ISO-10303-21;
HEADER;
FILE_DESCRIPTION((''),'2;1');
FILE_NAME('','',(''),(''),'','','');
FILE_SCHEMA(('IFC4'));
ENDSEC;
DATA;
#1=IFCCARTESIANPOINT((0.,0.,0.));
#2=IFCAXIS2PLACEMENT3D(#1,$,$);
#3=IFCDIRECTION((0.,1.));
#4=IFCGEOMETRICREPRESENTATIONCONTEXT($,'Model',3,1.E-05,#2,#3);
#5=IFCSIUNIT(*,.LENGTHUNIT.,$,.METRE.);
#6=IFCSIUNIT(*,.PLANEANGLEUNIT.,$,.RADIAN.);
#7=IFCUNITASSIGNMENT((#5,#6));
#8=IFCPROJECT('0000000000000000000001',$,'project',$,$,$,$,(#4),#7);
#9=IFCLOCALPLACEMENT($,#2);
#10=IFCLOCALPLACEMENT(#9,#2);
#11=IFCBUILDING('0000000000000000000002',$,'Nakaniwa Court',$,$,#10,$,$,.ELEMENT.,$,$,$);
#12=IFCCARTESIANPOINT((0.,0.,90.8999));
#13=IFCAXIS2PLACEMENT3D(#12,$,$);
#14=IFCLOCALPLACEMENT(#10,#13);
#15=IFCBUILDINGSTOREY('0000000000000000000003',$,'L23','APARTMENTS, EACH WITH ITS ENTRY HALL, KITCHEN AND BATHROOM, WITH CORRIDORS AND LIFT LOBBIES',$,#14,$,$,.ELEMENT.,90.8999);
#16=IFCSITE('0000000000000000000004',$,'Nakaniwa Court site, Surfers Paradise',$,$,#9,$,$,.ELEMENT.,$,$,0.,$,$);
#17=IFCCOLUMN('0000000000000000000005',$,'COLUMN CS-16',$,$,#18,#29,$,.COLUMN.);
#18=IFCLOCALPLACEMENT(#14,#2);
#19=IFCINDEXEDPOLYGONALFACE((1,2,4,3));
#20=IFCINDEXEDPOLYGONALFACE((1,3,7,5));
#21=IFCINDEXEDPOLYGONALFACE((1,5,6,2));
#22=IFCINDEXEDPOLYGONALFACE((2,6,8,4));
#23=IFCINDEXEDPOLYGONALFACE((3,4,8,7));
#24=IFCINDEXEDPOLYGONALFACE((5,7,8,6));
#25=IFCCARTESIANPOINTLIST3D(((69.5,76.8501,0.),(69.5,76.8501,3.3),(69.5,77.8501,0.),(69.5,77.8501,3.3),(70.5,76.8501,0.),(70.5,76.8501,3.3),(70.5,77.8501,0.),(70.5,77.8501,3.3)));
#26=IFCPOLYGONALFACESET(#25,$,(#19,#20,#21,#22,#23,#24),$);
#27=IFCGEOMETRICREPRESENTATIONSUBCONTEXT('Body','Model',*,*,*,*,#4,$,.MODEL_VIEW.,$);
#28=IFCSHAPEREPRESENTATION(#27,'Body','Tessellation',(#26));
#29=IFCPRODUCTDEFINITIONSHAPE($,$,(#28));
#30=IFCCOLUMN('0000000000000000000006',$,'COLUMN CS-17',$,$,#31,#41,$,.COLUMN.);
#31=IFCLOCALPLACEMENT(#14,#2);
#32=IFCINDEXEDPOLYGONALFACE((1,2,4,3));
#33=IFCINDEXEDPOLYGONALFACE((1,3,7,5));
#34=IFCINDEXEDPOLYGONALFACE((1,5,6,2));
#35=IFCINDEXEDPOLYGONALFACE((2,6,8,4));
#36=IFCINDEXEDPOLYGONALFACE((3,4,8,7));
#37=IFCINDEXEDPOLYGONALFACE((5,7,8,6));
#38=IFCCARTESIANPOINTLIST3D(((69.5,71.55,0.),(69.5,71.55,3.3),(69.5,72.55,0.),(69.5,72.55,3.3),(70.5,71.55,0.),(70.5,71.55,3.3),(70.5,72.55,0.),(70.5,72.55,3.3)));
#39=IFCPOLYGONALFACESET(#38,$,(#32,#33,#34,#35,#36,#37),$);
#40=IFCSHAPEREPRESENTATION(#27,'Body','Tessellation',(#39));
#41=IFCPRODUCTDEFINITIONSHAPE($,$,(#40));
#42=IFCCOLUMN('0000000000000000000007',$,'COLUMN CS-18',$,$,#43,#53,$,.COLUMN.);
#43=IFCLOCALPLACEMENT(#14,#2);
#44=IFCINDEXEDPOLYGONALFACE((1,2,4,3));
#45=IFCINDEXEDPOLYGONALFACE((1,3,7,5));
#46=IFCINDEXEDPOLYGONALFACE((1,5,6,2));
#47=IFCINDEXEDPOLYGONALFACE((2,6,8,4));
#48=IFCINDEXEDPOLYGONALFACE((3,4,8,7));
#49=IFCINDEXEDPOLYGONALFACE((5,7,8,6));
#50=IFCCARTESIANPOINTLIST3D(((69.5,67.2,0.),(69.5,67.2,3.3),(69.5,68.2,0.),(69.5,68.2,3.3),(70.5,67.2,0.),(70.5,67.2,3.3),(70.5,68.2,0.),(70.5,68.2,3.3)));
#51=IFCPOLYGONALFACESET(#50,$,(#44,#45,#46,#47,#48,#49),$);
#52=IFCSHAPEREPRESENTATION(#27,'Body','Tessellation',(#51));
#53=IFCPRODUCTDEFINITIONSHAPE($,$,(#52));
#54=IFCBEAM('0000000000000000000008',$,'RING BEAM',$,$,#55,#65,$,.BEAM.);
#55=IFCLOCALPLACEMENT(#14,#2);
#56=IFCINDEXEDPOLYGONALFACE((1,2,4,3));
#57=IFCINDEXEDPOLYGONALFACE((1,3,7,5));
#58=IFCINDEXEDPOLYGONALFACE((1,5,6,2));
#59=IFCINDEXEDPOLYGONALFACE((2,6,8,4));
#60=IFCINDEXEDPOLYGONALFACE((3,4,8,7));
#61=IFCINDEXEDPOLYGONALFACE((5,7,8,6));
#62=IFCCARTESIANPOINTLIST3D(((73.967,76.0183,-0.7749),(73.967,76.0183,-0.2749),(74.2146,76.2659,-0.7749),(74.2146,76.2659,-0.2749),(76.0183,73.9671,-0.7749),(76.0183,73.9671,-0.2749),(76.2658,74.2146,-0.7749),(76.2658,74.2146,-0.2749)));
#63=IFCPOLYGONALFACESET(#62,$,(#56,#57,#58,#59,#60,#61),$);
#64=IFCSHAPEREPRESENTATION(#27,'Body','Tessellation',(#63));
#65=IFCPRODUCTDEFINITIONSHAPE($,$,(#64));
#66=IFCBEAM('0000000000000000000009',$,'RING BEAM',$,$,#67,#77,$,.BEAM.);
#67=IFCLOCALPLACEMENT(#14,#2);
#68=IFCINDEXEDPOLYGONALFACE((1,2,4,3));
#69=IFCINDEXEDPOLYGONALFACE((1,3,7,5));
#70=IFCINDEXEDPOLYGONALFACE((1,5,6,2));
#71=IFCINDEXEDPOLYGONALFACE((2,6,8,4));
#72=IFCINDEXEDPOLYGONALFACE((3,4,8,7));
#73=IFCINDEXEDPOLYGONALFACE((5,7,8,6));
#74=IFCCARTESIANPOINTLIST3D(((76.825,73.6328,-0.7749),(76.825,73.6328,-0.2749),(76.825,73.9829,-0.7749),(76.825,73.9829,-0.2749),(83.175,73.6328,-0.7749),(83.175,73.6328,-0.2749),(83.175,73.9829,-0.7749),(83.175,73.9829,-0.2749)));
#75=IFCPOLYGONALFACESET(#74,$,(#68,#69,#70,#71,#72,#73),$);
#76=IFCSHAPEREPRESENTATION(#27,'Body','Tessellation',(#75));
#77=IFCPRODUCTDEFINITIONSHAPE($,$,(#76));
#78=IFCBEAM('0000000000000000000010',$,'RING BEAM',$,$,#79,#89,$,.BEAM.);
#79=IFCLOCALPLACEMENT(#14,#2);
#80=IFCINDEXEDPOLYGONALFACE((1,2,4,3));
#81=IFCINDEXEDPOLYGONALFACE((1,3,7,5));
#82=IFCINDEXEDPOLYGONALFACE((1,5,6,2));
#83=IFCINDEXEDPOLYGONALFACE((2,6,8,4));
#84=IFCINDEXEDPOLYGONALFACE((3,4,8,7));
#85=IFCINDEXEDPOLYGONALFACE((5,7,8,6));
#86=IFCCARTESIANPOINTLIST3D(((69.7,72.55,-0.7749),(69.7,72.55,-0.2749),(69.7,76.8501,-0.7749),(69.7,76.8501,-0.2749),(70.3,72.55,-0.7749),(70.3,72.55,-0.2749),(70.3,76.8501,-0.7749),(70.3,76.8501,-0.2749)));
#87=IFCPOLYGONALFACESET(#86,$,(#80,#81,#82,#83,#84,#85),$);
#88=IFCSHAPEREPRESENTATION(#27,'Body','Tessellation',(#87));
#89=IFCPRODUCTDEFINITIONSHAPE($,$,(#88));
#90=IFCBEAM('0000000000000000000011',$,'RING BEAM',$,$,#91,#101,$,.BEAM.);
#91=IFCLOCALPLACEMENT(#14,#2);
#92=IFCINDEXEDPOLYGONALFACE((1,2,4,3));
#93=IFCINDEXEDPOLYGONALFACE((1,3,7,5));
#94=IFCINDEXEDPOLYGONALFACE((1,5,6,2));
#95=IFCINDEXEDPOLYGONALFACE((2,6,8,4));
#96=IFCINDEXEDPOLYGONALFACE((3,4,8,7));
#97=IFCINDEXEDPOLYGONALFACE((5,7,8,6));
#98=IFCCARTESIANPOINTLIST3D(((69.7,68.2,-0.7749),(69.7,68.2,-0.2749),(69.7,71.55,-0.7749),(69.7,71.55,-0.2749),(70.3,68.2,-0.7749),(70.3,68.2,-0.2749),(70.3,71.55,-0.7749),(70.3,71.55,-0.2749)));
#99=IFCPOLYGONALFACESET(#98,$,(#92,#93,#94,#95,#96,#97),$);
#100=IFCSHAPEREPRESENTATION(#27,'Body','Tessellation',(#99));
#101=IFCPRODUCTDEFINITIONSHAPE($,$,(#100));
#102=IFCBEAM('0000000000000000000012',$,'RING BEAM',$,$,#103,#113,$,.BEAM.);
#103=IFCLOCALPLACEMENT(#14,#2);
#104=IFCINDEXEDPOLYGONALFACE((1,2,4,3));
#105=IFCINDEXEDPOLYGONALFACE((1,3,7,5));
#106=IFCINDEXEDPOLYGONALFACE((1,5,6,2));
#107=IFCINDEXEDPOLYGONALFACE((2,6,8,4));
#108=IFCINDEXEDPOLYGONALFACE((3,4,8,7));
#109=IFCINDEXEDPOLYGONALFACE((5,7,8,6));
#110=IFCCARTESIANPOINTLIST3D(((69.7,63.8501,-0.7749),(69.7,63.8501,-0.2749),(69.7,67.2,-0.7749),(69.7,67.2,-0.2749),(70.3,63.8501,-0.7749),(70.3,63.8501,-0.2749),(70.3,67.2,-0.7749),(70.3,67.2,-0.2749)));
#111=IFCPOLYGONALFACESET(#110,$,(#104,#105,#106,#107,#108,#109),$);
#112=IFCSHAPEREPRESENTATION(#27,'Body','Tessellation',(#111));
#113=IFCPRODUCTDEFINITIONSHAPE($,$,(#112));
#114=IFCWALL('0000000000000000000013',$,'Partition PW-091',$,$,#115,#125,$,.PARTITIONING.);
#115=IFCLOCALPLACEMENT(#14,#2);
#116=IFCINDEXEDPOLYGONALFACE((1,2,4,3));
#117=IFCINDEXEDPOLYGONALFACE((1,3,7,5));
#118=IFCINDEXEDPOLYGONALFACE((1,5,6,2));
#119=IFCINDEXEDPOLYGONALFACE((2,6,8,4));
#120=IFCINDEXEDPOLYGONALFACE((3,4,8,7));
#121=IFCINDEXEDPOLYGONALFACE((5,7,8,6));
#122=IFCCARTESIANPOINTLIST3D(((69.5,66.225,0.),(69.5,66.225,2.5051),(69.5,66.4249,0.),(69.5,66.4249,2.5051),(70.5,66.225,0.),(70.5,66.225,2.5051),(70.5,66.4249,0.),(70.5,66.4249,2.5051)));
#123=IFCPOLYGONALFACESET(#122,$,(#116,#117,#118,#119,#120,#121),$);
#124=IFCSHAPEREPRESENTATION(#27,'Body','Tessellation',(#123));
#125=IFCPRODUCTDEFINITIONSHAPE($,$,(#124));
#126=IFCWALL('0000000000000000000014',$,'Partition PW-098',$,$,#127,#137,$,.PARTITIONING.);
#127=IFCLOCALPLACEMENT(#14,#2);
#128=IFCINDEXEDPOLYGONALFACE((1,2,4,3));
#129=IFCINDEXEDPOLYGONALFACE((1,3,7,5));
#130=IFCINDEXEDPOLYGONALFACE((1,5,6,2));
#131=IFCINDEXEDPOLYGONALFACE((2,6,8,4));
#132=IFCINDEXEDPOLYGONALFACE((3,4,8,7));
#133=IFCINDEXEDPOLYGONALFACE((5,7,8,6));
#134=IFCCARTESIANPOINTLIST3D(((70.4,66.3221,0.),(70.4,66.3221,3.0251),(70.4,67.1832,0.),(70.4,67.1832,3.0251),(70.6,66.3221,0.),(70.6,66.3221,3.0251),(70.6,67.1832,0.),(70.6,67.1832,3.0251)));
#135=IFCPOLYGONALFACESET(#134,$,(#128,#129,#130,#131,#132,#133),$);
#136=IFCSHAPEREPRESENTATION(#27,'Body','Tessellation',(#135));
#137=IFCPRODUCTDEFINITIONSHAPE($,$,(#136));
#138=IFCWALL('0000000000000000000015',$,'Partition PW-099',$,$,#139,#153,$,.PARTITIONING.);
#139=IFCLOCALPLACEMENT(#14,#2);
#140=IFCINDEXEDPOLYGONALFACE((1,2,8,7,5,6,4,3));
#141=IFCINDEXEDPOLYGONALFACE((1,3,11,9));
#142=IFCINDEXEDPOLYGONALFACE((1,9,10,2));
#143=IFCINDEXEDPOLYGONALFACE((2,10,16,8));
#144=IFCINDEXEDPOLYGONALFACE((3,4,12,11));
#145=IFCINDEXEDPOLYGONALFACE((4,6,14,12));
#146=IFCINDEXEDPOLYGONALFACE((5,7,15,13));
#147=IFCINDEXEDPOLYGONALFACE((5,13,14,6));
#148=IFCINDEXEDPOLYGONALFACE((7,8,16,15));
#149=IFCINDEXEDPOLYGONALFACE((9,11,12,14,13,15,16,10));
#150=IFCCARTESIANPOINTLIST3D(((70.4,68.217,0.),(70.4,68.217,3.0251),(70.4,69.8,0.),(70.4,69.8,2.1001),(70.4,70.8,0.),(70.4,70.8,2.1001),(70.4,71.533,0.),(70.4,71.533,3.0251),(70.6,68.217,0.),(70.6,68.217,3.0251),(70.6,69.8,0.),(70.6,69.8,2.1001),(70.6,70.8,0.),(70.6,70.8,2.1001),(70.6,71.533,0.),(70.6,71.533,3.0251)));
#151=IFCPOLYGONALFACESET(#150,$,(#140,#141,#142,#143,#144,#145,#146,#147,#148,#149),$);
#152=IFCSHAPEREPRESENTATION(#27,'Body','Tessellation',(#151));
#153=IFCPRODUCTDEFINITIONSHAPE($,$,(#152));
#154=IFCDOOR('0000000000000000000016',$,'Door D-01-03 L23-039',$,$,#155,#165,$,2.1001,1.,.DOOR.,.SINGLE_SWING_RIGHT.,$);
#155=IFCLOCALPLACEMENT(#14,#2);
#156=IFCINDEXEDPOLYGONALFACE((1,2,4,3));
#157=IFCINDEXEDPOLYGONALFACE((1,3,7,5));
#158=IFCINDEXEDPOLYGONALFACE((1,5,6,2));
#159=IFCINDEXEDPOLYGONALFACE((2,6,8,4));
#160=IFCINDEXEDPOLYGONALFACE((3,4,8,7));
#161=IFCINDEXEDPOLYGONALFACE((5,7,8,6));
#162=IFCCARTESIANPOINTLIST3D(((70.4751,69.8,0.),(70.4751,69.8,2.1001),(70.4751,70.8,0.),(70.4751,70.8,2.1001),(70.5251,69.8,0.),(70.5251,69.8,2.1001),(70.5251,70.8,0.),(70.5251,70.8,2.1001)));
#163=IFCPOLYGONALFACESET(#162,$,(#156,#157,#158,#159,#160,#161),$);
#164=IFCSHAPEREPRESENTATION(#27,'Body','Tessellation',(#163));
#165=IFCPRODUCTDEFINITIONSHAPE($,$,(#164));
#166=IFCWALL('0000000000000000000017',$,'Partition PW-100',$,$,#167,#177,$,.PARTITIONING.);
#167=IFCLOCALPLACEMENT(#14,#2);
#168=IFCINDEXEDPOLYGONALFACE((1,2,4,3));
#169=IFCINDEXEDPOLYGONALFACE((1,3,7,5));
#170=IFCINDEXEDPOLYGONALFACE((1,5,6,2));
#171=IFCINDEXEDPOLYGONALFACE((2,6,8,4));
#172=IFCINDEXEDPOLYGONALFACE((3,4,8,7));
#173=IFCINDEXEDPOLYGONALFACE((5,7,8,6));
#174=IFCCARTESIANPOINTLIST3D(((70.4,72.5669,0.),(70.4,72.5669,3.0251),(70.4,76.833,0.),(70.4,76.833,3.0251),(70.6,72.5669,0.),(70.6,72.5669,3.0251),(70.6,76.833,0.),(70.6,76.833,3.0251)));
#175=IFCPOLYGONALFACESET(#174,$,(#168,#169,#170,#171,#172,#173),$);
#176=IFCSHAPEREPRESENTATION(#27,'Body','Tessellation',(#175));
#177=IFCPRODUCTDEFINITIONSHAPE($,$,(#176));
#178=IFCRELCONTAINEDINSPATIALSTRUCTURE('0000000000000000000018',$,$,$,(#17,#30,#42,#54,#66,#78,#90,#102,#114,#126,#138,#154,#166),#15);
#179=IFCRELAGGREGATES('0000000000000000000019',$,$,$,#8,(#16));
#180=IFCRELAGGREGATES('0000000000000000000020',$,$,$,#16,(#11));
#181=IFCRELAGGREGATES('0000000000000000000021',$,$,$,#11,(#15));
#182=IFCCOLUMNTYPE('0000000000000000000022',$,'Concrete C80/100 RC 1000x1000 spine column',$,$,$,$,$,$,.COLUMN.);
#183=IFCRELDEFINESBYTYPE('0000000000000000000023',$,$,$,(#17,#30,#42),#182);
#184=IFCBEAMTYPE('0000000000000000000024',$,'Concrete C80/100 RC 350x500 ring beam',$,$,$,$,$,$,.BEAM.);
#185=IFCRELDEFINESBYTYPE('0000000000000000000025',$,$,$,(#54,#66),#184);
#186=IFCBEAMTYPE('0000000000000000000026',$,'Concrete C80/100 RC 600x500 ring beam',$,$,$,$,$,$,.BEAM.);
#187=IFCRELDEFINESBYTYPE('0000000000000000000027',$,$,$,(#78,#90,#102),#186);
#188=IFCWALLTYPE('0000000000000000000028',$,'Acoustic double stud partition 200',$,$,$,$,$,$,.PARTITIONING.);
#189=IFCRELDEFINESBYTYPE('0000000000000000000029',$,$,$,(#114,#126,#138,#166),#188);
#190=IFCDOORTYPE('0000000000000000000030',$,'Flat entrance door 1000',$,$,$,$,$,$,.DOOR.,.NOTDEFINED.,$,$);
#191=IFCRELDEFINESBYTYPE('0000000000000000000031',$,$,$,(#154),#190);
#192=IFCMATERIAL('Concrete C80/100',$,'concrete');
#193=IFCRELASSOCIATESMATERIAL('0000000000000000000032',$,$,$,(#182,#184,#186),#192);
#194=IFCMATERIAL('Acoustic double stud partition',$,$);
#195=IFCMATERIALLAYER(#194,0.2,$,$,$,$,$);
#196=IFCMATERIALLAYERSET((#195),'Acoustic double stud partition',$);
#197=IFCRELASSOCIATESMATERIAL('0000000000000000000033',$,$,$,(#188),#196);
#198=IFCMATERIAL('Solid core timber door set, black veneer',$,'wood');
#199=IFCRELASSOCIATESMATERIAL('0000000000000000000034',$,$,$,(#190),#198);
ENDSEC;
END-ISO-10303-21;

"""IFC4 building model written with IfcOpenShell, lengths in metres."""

from ifc_helpers import new_model, si_unit, direction, frame, frame_2d, origin, origin_2d, place, context, subcontext, project, spatial, rectangle, extrude, material, layer, layer_set, material_profile, profile_set, type_object, element, fill, save


model = new_model("IFC4")

# Units and contexts
model_context = context("Model", 3, precision=1e-05, world=origin(), true_north=direction((0.0, 1.0)))
body_context = subcontext(model_context, "Body", "Model", "MODEL_VIEW")
ifc_project = project(units=[si_unit("LENGTHUNIT", "METRE"), si_unit("PLANEANGLEUNIT", "RADIAN")], contexts=[model_context])

# Site, building, storey
site_placement = place(None, origin())
site = spatial("IfcSite", under=ifc_project, at=site_placement, Name="Nakaniwa Court site, Surfers Paradise", CompositionType="ELEMENT", RefElevation=0.0)
building_placement = place(site_placement, origin())
building = spatial("IfcBuilding", under=site, at=building_placement, Name="Nakaniwa Court", CompositionType="ELEMENT")
storey_placement = place(building_placement, frame((0.0, 0.0, 90.8999)))
storey = spatial("IfcBuildingStorey", under=building, at=storey_placement, Name="L23", Description="APARTMENTS, EACH WITH ITS ENTRY HALL, KITCHEN AND BATHROOM, WITH CORRIDORS AND LIFT LOBBIES", CompositionType="ELEMENT", Elevation=90.8999)

# Columns
ifc_material_1 = material(Name="Concrete C80/100", Category="concrete")
ifc_material_profile_1 = material_profile(ifc_material_1, rectangle(XDim=1.0, YDim=1.0, at=origin_2d()), Name="Concrete C80/100 RC 1000x1000 spine column")
ifc_profile_set_1 = profile_set([ifc_material_profile_1], Name="Concrete C80/100")
column_type_1 = type_object("IfcColumnType", Name="Concrete C80/100 RC 1000x1000 spine column", PredefinedType="COLUMN", material=ifc_profile_set_1)
for number, where, z_axis, x_axis, name in (
    (1, (70.0, 77.3501, 0.0), (0.0, 0.0, 1.0), (0.0, -1.0, 0.0), "COLUMN CS-16"),
    (2, (70.0, 72.05, 0.0), (0.0, 0.0, 1.0), (0.0, -1.0, 0.0), "COLUMN CS-17"),
    (3, (70.0, 67.7, 0.0), (0.0, 0.0, 1.0), (0.0, -1.0, 0.0), "COLUMN CS-18"),
):
    element("IfcColumn", number, at=place(storey_placement, frame(where, z_axis=z_axis, x_axis=x_axis)), inside=storey, type_object=column_type_1, Name=name, PredefinedType="COLUMN", context=body_context, shape_type="SweptSolid", body=[
        extrude(rectangle(XDim=1.0, YDim=1.0, at=origin_2d()), origin(), (0.0, 0.0, 1.0), 3.3),
    ])

# Beams
ifc_material_profile_2 = material_profile(ifc_material_1, rectangle(XDim=0.3501, YDim=0.5, at=origin_2d()), Name="Concrete C80/100 RC 350x500 ring beam")
ifc_profile_set_2 = profile_set([ifc_material_profile_2], Name="Concrete C80/100")
beam_type_1 = type_object("IfcBeamType", Name="Concrete C80/100 RC 350x500 ring beam", PredefinedType="BEAM", material=ifc_profile_set_2)
beam_1_placement = place(storey_placement, frame((74.0908, 76.1421, -0.5249), z_axis=(0.707107, -0.707107, 0.0), x_axis=(0.707107, 0.707107, 0.0)))
element("IfcBeam", 4, at=beam_1_placement, inside=storey, type_object=beam_type_1, Name="RING BEAM", PredefinedType="BEAM", context=body_context, shape_type="SweptSolid", body=[
    extrude(rectangle(XDim=0.3501, YDim=0.5, at=origin_2d()), origin(), (0.0, 0.0, 1.0), 2.9009),
])
beam_2_placement = place(storey_placement, frame((76.825, 73.8079, -0.5249), z_axis=(1.0, 0.0, 0.0), x_axis=(0.0, 1.0, 0.0)))
element("IfcBeam", 5, at=beam_2_placement, inside=storey, type_object=beam_type_1, Name="RING BEAM", PredefinedType="BEAM", context=body_context, shape_type="SweptSolid", body=[
    extrude(rectangle(XDim=0.3501, YDim=0.5, at=origin_2d()), origin(), (0.0, 0.0, 1.0), 6.3501),
])
ifc_material_profile_3 = material_profile(ifc_material_1, rectangle(XDim=0.6001, YDim=0.5, at=origin_2d()), Name="Concrete C80/100 RC 600x500 ring beam")
ifc_profile_set_3 = profile_set([ifc_material_profile_3], Name="Concrete C80/100")
beam_type_2 = type_object("IfcBeamType", Name="Concrete C80/100 RC 600x500 ring beam", PredefinedType="BEAM", material=ifc_profile_set_3)
beam_3_placement = place(storey_placement, frame((70.0, 76.8501, -0.5249), z_axis=(0.0, -1.0, 0.0), x_axis=(1.0, 0.0, 0.0)))
element("IfcBeam", 6, at=beam_3_placement, inside=storey, type_object=beam_type_2, Name="RING BEAM", PredefinedType="BEAM", context=body_context, shape_type="SweptSolid", body=[
    extrude(rectangle(XDim=0.6001, YDim=0.5, at=origin_2d()), origin(), (0.0, 0.0, 1.0), 4.3),
])
beam_4_placement = place(storey_placement, frame((70.0, 71.55, -0.5249), z_axis=(0.0, -1.0, 0.0), x_axis=(1.0, 0.0, 0.0)))
element("IfcBeam", 7, at=beam_4_placement, inside=storey, type_object=beam_type_2, Name="RING BEAM", PredefinedType="BEAM", context=body_context, shape_type="SweptSolid", body=[
    extrude(rectangle(XDim=0.6001, YDim=0.5, at=origin_2d()), origin(), (0.0, 0.0, 1.0), 3.3501),
])
beam_5_placement = place(storey_placement, frame((70.0, 67.2, -0.5249), z_axis=(0.0, -1.0, 0.0), x_axis=(1.0, 0.0, 0.0)))
element("IfcBeam", 8, at=beam_5_placement, inside=storey, type_object=beam_type_2, Name="RING BEAM", PredefinedType="BEAM", context=body_context, shape_type="SweptSolid", body=[
    extrude(rectangle(XDim=0.6001, YDim=0.5, at=origin_2d()), origin(), (0.0, 0.0, 1.0), 3.3499),
])

# Walls
ifc_material_2 = material(Name="Acoustic double stud partition")
ifc_layer_1 = layer(ifc_material_2, 0.2)
ifc_layer_set_1 = layer_set([ifc_layer_1], Name="Acoustic double stud partition")
wall_type_1 = type_object("IfcWallType", Name="Acoustic double stud partition 200", PredefinedType="PARTITIONING", material=ifc_layer_set_1)
wall_1_placement = place(storey_placement, frame((69.5, 66.325, 0.0), z_axis=(0.0, 0.0, 1.0), x_axis=(1.0, 0.0, 0.0)))
element("IfcWall", 9, at=wall_1_placement, inside=storey, type_object=wall_type_1, Name="Partition PW-091", PredefinedType="PARTITIONING", context=body_context, shape_type="SweptSolid", body=[
    extrude(rectangle(XDim=1.0, YDim=0.2, at=frame_2d((0.5, 0.0))), origin(), (0.0, 0.0, 1.0), 2.5051),
])
wall_2_placement = place(storey_placement, frame((70.5, 66.322, 0.0), z_axis=(0.0, 0.0, 1.0), x_axis=(0.0, 1.0, 0.0)))
element("IfcWall", 10, at=wall_2_placement, inside=storey, type_object=wall_type_1, Name="Partition PW-098", PredefinedType="PARTITIONING", context=body_context, shape_type="SweptSolid", body=[
    extrude(rectangle(XDim=0.8611, YDim=0.2, at=frame_2d((0.4307, 0.0))), origin(), (0.0, 0.0, 1.0), 3.0251),
])

# Wall, opening, door
wall_3_placement = place(storey_placement, frame((70.5, 68.217, 0.0), z_axis=(0.0, 0.0, 1.0), x_axis=(0.0, 1.0, 0.0)))
wall_3 = element("IfcWall", 11, at=wall_3_placement, inside=storey, type_object=wall_type_1, Name="Partition PW-099", PredefinedType="PARTITIONING", context=body_context, shape_type="SweptSolid", body=[
    extrude(rectangle(XDim=3.3159, YDim=0.2, at=frame_2d((1.658, 0.0))), origin(), (0.0, 0.0, 1.0), 3.0251),
])
opening_1_placement = place(wall_3_placement, frame((1.583, 0.0, 0.0)))
opening_1 = element("IfcOpeningElement", 12, at=opening_1_placement, cuts=wall_3, PredefinedType="OPENING", context=body_context, shape_type="SweptSolid", body=[
    extrude(rectangle(XDim=1.0, YDim=2.1001, at=frame_2d((0.5, 1.05))), frame((0.0, 0.1099, 0.0), z_axis=(0.0, -1.0, 0.0), x_axis=(1.0, 0.0, 0.0)), (0.0, 0.0, 1.0), 0.22),
])
ifc_material_3 = material(Name="Solid core timber door set, black veneer", Category="wood")
door_type_1 = type_object("IfcDoorType", Name="Flat entrance door 1000", OperationType="NOTDEFINED", PredefinedType="DOOR", material=ifc_material_3)
door_1_placement = place(opening_1_placement, origin())
door_1 = element("IfcDoor", 13, at=door_1_placement, inside=storey, type_object=door_type_1, Name="Door D-01-03 L23-039", OperationType="SINGLE_SWING_RIGHT", OverallHeight=2.1001, OverallWidth=1.0, PredefinedType="DOOR", context=body_context, shape_type="SweptSolid", body=[
    extrude(rectangle(XDim=1.0, YDim=2.1001, at=frame_2d((0.5, 1.05))), frame((0.0, 0.0249, 0.0), z_axis=(0.0, -1.0, 0.0), x_axis=(1.0, 0.0, 0.0)), (0.0, 0.0, 1.0), 0.05),
])
fill(opening_1, door_1)

# Wall
wall_4_placement = place(storey_placement, frame((70.5, 72.5669, 0.0), z_axis=(0.0, 0.0, 1.0), x_axis=(0.0, 1.0, 0.0)))
element("IfcWall", 14, at=wall_4_placement, inside=storey, type_object=wall_type_1, Name="Partition PW-100", PredefinedType="PARTITIONING", context=body_context, shape_type="SweptSolid", body=[
    extrude(rectangle(XDim=4.2661, YDim=0.2, at=frame_2d((2.1331, 0.0))), origin(), (0.0, 0.0, 1.0), 3.0251),
])

save(model, "model.ifc")
